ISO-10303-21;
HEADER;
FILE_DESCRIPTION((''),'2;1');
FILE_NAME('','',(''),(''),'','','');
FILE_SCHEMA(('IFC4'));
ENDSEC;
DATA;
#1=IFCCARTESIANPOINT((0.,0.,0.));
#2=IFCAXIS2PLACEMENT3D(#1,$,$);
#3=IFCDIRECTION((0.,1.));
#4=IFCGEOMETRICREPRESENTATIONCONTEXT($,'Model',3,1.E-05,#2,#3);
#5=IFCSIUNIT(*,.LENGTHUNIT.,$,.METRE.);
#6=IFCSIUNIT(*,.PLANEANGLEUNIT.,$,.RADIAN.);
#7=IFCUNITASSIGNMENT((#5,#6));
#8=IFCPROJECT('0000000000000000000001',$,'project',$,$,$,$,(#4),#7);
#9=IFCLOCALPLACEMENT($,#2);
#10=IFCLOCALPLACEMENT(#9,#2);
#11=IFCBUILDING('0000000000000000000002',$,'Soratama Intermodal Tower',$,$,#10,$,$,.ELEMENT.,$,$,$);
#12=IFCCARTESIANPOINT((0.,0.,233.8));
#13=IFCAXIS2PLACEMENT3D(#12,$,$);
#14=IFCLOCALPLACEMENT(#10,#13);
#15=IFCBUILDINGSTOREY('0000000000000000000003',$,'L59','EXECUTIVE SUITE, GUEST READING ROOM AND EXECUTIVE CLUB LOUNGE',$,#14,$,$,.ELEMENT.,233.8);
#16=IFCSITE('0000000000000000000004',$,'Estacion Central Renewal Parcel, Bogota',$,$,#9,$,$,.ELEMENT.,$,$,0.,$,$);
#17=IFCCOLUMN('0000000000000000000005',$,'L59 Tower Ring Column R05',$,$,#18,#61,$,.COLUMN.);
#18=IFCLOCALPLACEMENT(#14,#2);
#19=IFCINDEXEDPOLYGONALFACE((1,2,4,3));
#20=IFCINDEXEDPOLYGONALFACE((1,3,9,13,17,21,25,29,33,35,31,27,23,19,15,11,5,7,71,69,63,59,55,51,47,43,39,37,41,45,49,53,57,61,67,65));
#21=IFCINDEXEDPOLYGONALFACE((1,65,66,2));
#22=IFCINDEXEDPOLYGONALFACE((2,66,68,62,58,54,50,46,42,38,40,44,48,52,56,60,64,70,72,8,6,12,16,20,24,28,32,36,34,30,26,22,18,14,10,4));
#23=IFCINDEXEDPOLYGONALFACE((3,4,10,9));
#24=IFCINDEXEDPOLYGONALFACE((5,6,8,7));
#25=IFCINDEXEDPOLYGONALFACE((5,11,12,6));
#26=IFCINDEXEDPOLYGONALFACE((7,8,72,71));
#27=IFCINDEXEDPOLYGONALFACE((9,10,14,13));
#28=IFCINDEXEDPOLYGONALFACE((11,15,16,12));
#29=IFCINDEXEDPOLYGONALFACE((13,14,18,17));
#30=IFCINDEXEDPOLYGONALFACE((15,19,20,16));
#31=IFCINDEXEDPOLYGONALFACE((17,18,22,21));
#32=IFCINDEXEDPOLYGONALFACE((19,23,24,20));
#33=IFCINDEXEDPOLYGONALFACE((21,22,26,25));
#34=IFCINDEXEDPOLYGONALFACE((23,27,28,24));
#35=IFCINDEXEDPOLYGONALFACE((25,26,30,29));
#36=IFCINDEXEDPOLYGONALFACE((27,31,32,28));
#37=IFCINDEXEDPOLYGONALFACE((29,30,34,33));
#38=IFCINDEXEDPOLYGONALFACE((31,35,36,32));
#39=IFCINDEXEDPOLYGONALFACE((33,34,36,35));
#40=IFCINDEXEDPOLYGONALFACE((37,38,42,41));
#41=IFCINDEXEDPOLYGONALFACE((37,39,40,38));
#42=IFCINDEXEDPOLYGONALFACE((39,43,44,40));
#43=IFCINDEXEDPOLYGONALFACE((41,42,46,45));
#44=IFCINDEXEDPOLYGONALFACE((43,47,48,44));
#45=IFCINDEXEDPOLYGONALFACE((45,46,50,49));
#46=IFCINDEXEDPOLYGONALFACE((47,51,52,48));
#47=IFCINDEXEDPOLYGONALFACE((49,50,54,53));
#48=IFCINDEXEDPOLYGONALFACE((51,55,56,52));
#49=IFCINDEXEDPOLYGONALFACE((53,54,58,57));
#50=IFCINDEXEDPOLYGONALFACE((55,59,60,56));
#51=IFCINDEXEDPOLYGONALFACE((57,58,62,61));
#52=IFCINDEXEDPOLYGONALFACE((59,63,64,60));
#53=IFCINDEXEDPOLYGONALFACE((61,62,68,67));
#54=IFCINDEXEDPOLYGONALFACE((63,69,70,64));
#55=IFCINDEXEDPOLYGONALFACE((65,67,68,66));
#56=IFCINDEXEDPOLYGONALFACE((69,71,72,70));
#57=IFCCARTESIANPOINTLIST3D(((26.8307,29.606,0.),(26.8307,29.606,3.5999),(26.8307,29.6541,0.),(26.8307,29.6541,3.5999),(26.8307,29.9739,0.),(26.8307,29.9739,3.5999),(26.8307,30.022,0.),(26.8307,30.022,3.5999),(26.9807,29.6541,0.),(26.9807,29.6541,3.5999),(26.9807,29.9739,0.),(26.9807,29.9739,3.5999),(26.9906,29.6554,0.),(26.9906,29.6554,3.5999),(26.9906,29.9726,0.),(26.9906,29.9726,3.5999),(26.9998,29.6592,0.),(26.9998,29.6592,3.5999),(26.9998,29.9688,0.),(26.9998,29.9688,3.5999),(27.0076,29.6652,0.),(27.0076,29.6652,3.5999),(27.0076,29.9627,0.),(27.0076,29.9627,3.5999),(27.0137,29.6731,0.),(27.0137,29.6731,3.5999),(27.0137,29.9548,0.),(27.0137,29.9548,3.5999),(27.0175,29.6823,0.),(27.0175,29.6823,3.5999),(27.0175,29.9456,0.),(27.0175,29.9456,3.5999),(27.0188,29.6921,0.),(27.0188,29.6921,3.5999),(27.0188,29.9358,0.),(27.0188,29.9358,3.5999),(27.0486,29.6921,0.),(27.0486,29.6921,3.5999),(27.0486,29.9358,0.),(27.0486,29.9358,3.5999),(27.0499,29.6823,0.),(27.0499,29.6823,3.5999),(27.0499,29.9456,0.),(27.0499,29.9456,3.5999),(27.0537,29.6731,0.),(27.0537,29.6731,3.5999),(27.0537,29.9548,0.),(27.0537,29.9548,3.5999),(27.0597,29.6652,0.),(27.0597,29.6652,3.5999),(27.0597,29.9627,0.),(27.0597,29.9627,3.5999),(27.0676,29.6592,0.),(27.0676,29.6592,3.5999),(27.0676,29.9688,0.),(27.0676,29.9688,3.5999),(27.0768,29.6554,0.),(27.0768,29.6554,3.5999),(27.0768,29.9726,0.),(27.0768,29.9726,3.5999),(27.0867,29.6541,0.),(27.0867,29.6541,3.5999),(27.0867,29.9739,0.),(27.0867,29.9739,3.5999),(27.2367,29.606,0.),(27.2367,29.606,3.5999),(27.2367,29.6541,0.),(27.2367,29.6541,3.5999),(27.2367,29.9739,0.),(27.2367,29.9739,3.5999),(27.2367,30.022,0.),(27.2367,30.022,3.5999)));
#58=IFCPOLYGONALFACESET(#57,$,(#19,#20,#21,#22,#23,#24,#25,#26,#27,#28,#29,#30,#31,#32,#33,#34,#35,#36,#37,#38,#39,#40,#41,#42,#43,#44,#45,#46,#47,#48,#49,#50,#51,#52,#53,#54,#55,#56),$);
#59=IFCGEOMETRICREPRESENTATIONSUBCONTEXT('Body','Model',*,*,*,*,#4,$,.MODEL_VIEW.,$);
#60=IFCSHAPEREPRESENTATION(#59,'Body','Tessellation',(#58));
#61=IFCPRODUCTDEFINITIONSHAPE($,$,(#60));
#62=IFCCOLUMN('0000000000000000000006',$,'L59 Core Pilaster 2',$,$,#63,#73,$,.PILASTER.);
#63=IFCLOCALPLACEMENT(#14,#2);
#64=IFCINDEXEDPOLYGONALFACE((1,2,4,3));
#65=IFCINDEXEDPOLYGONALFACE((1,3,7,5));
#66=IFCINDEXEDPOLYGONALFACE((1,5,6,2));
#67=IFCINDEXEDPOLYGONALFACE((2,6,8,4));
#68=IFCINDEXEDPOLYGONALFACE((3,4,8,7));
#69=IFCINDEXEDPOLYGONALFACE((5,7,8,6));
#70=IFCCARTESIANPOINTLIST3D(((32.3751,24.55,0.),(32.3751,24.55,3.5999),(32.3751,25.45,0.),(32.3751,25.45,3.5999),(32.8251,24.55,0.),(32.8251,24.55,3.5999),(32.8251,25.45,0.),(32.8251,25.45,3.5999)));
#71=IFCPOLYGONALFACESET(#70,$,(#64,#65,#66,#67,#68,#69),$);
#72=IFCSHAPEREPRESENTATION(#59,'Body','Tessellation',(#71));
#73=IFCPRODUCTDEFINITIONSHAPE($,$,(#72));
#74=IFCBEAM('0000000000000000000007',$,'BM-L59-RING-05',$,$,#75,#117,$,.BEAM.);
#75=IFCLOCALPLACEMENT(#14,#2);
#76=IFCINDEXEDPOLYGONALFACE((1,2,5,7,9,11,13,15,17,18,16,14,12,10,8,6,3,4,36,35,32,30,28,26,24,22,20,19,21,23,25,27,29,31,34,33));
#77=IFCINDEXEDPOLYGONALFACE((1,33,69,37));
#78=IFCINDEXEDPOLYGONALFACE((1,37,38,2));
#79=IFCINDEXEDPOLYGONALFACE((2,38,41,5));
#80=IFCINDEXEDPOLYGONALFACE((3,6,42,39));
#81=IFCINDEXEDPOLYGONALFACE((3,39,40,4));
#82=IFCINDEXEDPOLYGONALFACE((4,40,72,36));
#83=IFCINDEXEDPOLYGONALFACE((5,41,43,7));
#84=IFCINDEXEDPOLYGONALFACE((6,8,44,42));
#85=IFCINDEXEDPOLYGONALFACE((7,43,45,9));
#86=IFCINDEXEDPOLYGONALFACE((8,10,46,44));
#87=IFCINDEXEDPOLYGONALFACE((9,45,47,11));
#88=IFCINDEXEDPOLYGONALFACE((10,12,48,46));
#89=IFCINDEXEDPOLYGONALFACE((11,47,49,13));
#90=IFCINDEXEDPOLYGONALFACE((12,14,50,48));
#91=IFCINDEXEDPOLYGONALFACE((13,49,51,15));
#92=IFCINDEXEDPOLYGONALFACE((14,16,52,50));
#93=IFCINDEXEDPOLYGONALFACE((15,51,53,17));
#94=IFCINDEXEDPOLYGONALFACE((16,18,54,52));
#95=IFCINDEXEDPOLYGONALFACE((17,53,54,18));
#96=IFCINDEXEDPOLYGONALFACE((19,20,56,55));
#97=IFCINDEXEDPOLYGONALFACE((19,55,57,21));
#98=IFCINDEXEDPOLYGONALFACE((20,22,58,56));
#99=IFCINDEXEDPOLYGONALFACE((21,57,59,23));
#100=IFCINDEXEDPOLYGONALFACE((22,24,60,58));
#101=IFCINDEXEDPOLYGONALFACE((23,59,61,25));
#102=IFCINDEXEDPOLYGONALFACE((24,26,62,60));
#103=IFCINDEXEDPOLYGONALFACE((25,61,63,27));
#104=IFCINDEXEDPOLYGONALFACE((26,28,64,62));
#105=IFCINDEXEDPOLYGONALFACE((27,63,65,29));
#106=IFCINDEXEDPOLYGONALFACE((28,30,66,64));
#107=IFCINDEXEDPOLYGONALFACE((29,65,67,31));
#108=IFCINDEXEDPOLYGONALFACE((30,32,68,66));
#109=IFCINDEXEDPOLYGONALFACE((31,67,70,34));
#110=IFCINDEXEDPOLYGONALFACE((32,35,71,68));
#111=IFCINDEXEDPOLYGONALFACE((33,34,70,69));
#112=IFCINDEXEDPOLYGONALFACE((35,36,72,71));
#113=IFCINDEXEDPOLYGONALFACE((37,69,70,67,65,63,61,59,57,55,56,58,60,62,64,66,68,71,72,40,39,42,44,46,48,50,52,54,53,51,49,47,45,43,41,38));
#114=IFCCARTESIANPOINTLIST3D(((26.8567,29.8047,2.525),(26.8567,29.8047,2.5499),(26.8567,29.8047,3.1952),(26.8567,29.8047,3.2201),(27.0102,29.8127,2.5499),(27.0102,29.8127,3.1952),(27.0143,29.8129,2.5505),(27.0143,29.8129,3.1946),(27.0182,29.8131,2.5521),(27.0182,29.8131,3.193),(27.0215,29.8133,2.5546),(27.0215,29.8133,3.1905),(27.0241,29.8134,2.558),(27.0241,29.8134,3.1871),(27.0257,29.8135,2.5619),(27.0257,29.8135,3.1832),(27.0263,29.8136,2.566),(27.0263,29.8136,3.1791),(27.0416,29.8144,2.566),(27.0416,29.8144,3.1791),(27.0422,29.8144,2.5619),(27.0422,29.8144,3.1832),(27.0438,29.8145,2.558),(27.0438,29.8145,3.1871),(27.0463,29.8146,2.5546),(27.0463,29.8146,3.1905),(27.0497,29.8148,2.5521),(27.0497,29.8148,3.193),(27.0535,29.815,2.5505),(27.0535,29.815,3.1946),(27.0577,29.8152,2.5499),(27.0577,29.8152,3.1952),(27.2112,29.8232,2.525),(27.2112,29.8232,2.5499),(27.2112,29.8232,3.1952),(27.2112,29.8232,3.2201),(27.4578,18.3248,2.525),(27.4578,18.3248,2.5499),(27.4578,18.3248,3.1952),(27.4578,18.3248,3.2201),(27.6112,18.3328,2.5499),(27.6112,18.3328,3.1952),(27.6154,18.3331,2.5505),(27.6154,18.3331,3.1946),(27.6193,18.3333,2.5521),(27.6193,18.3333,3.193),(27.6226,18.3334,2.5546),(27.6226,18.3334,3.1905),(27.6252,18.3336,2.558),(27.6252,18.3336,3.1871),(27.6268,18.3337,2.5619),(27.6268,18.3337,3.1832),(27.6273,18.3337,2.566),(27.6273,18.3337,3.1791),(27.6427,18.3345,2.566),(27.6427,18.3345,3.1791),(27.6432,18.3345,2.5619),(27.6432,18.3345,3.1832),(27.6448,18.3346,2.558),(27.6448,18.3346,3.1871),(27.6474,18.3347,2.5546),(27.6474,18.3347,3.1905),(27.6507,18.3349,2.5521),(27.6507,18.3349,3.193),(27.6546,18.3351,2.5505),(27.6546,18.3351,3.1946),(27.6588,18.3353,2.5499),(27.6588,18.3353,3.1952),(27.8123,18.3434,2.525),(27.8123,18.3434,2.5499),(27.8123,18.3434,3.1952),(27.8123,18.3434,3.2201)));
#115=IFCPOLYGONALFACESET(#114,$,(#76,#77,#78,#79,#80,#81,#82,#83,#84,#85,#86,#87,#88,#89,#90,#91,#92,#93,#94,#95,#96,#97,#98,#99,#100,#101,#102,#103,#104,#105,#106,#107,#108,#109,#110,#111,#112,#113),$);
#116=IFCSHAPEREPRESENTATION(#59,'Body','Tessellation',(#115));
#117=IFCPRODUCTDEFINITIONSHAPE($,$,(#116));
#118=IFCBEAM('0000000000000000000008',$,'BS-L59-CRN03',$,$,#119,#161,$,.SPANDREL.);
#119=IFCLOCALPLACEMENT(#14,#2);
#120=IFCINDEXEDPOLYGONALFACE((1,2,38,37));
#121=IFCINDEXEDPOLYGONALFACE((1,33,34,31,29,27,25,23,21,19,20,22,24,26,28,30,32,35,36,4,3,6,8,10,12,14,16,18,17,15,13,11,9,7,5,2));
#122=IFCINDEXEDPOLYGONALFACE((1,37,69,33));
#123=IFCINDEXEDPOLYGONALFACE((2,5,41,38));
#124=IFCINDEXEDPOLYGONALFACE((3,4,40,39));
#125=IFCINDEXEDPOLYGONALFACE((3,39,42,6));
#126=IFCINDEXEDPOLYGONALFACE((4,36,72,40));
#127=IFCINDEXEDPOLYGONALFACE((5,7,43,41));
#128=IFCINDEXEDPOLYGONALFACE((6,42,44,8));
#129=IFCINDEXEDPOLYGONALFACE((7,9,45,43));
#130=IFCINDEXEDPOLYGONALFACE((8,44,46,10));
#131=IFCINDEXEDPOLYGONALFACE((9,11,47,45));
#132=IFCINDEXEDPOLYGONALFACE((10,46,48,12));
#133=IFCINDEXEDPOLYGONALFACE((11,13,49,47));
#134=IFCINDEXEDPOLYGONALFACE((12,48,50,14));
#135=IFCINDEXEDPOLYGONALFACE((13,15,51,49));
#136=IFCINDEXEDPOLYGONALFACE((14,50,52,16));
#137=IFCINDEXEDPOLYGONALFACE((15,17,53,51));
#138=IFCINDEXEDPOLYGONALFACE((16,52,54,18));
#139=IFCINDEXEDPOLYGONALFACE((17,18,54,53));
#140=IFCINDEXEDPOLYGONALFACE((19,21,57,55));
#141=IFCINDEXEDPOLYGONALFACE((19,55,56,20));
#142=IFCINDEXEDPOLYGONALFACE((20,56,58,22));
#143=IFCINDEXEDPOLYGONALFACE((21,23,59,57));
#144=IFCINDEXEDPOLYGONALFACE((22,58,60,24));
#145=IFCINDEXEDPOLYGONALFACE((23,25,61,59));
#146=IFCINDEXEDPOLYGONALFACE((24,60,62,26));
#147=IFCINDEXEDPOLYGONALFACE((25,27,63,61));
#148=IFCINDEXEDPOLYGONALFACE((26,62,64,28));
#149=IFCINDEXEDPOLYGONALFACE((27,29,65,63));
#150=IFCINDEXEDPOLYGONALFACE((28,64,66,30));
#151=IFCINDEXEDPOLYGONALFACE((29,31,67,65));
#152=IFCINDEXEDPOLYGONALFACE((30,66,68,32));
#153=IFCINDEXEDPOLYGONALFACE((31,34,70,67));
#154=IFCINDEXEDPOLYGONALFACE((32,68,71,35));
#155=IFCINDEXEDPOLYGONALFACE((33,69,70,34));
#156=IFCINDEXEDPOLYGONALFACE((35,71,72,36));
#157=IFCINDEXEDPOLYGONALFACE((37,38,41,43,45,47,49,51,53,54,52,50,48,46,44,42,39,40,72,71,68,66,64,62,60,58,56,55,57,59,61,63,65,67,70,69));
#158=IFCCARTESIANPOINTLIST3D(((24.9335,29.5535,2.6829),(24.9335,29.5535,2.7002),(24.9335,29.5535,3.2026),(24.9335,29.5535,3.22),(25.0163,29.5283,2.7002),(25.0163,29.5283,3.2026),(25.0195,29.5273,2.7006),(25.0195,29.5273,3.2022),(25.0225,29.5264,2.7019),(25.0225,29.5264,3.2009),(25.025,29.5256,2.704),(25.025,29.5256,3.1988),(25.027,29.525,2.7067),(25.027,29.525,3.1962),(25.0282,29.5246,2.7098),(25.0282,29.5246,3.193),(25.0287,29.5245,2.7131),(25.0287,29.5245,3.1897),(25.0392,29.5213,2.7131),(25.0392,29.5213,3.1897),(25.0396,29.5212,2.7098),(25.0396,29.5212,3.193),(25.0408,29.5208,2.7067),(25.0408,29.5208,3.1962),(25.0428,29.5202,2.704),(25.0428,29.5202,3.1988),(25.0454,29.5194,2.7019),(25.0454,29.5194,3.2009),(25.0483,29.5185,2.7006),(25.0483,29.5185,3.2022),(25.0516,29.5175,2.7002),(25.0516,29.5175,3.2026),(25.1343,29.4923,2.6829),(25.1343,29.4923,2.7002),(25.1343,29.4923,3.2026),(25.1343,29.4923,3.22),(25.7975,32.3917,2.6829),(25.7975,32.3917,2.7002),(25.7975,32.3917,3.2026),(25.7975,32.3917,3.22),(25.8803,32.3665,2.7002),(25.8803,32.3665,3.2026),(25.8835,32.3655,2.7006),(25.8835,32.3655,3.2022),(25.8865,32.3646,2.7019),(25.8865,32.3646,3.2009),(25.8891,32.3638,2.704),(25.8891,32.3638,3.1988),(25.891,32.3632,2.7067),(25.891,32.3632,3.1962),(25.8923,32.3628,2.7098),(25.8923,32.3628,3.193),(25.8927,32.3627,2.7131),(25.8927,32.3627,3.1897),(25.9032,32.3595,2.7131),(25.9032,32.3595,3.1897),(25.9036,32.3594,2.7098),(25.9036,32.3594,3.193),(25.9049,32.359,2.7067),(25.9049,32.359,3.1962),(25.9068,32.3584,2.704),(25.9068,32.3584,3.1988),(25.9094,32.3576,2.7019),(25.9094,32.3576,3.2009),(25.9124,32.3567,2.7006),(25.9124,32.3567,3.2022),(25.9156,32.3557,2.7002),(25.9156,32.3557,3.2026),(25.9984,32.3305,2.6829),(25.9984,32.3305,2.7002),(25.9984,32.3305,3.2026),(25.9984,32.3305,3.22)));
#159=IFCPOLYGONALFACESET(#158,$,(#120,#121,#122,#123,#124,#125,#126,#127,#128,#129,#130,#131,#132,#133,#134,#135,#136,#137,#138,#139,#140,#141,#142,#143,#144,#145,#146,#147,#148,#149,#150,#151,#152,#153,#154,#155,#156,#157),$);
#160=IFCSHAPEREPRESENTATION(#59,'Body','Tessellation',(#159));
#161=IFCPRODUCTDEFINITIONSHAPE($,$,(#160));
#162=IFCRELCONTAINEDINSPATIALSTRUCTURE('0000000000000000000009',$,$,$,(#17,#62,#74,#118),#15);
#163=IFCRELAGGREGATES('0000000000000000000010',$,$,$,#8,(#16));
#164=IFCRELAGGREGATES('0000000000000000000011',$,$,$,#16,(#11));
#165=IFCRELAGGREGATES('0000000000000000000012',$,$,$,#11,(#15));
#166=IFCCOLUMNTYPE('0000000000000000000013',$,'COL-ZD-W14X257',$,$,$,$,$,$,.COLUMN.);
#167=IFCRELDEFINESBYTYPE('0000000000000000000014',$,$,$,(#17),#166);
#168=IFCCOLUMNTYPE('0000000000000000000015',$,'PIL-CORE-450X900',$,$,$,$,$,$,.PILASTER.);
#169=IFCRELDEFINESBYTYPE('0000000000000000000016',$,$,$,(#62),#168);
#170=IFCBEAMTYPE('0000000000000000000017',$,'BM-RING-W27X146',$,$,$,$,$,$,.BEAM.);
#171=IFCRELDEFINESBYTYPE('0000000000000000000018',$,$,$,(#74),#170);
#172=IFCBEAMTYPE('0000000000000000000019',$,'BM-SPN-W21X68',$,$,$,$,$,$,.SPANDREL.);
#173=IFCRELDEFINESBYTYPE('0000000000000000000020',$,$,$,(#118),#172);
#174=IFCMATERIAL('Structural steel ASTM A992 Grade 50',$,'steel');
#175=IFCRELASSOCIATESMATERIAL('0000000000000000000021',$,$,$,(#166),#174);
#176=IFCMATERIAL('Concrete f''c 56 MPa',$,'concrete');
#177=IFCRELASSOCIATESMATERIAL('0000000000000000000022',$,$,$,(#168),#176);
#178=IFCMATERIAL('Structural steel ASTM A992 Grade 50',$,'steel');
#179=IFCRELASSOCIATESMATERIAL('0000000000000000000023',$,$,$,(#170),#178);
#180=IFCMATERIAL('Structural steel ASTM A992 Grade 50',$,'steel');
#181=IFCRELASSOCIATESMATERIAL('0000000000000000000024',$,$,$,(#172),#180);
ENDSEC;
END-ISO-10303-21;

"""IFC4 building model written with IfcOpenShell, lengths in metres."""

from ifc_helpers import new_model, si_unit, direction, frame, origin, origin_2d, place, context, subcontext, project, spatial, rectangle, i_section, extrude, material, material_profile, profile_set, type_object, element, save


model = new_model("IFC4")

# Units and contexts
model_context = context("Model", 3, precision=1e-05, world=origin(), true_north=direction((0.0, 1.0)))
body_context = subcontext(model_context, "Body", "Model", "MODEL_VIEW")
ifc_project = project(units=[si_unit("LENGTHUNIT", "METRE"), si_unit("PLANEANGLEUNIT", "RADIAN")], contexts=[model_context])

# Site, building, storey
site_placement = place(None, origin())
site = spatial("IfcSite", under=ifc_project, at=site_placement, Name="Estacion Central Renewal Parcel, Bogota", CompositionType="ELEMENT", RefElevation=0.0)
building_placement = place(site_placement, origin())
building = spatial("IfcBuilding", under=site, at=building_placement, Name="Soratama Intermodal Tower", CompositionType="ELEMENT")
storey_placement = place(building_placement, frame((0.0, 0.0, 233.8)))
storey = spatial("IfcBuildingStorey", under=building, at=storey_placement, Name="L59", Description="EXECUTIVE SUITE, GUEST READING ROOM AND EXECUTIVE CLUB LOUNGE", CompositionType="ELEMENT", Elevation=233.8)

# Columns
ifc_material_1 = material(Name="Structural steel ASTM A992 Grade 50", Category="steel")
ifc_material_profile_1 = material_profile(ifc_material_1, i_section(OverallWidth=0.406, OverallDepth=0.416, WebThickness=0.0298, FlangeThickness=0.0481, FilletRadius=0.0381, at=origin_2d()), Name="W14X257")
ifc_profile_set_1 = profile_set([ifc_material_profile_1], Name="Structural steel ASTM A992 Grade 50")
column_type_1 = type_object("IfcColumnType", Name="COL-ZD-W14X257", PredefinedType="COLUMN", material=ifc_profile_set_1)
column_1_placement = place(storey_placement, frame((27.0337, 29.814, 0.0), z_axis=(0.0, 0.0, 1.0), x_axis=(1.0, 0.0, 0.0)))
element("IfcColumn", 1, at=column_1_placement, inside=storey, type_object=column_type_1, Name="L59 Tower Ring Column R05", PredefinedType="COLUMN", context=body_context, shape_type="SweptSolid", body=[
    extrude(i_section(OverallWidth=0.406, OverallDepth=0.416, WebThickness=0.0298, FlangeThickness=0.0481, FilletRadius=0.0381, at=origin_2d()), origin(), (0.0, 0.0, 1.0), 3.5999),
])
ifc_material_2 = material(Name="Concrete f'c 56 MPa", Category="concrete")
ifc_material_profile_2 = material_profile(ifc_material_2, rectangle(XDim=0.45, YDim=0.8999, at=origin_2d()), Name="RC450X900")
ifc_profile_set_2 = profile_set([ifc_material_profile_2], Name="Concrete f'c 56 MPa")
column_type_2 = type_object("IfcColumnType", Name="PIL-CORE-450X900", PredefinedType="PILASTER", material=ifc_profile_set_2)
column_2_placement = place(storey_placement, frame((32.6001, 25.0, 0.0), z_axis=(0.0, 0.0, 1.0), x_axis=(1.0, 0.0, 0.0)))
element("IfcColumn", 2, at=column_2_placement, inside=storey, type_object=column_type_2, Name="L59 Core Pilaster 2", PredefinedType="PILASTER", context=body_context, shape_type="SweptSolid", body=[
    extrude(rectangle(XDim=0.45, YDim=0.8999, at=origin_2d()), origin(), (0.0, 0.0, 1.0), 3.5999),
])

# Beams
ifc_material_3 = material(Name="Structural steel ASTM A992 Grade 50", Category="steel")
ifc_material_profile_3 = material_profile(ifc_material_3, i_section(OverallWidth=0.355, OverallDepth=0.6951, WebThickness=0.0154, FlangeThickness=0.0249, FilletRadius=0.0161, at=origin_2d()), Name="W27X146")
ifc_profile_set_3 = profile_set([ifc_material_profile_3], Name="Structural steel ASTM A992 Grade 50")
beam_type_1 = type_object("IfcBeamType", Name="BM-RING-W27X146", PredefinedType="BEAM", material=ifc_profile_set_3)
beam_1_placement = place(storey_placement, frame((27.0339, 29.814, 2.8726), z_axis=(0.052287, -0.998632, 0.0), x_axis=(0.998632, 0.052287, 0.0)))
element("IfcBeam", 3, at=beam_1_placement, inside=storey, type_object=beam_type_1, Name="BM-L59-RING-05", PredefinedType="BEAM", context=body_context, shape_type="SweptSolid", body=[
    extrude(i_section(OverallWidth=0.355, OverallDepth=0.6951, WebThickness=0.0154, FlangeThickness=0.0249, FilletRadius=0.0161, at=origin_2d()), origin(), (0.0, 0.0, 1.0), 11.4956),
])
ifc_material_4 = material(Name="Structural steel ASTM A992 Grade 50", Category="steel")
ifc_material_profile_4 = material_profile(ifc_material_4, i_section(OverallWidth=0.21, OverallDepth=0.5371, WebThickness=0.011, FlangeThickness=0.0173, FilletRadius=0.0129, at=origin_2d()), Name="W21X68")
ifc_profile_set_4 = profile_set([ifc_material_profile_4], Name="Structural steel ASTM A992 Grade 50")
beam_type_2 = type_object("IfcBeamType", Name="BM-SPN-W21X68", PredefinedType="SPANDREL", material=ifc_profile_set_4)
beam_2_placement = place(storey_placement, frame((25.8979, 32.3611, 2.9514), z_axis=(-0.291234, -0.956652, 0.0), x_axis=(0.956652, -0.291234, 0.0)))
element("IfcBeam", 4, at=beam_2_placement, inside=storey, type_object=beam_type_2, Name="BS-L59-CRN03", PredefinedType="SPANDREL", context=body_context, shape_type="SweptSolid", body=[
    extrude(i_section(OverallWidth=0.21, OverallDepth=0.5371, WebThickness=0.011, FlangeThickness=0.0173, FilletRadius=0.0129, at=origin_2d()), origin(), (0.0, 0.0, 1.0), 2.9668),
])

save(model, "model.ifc")
